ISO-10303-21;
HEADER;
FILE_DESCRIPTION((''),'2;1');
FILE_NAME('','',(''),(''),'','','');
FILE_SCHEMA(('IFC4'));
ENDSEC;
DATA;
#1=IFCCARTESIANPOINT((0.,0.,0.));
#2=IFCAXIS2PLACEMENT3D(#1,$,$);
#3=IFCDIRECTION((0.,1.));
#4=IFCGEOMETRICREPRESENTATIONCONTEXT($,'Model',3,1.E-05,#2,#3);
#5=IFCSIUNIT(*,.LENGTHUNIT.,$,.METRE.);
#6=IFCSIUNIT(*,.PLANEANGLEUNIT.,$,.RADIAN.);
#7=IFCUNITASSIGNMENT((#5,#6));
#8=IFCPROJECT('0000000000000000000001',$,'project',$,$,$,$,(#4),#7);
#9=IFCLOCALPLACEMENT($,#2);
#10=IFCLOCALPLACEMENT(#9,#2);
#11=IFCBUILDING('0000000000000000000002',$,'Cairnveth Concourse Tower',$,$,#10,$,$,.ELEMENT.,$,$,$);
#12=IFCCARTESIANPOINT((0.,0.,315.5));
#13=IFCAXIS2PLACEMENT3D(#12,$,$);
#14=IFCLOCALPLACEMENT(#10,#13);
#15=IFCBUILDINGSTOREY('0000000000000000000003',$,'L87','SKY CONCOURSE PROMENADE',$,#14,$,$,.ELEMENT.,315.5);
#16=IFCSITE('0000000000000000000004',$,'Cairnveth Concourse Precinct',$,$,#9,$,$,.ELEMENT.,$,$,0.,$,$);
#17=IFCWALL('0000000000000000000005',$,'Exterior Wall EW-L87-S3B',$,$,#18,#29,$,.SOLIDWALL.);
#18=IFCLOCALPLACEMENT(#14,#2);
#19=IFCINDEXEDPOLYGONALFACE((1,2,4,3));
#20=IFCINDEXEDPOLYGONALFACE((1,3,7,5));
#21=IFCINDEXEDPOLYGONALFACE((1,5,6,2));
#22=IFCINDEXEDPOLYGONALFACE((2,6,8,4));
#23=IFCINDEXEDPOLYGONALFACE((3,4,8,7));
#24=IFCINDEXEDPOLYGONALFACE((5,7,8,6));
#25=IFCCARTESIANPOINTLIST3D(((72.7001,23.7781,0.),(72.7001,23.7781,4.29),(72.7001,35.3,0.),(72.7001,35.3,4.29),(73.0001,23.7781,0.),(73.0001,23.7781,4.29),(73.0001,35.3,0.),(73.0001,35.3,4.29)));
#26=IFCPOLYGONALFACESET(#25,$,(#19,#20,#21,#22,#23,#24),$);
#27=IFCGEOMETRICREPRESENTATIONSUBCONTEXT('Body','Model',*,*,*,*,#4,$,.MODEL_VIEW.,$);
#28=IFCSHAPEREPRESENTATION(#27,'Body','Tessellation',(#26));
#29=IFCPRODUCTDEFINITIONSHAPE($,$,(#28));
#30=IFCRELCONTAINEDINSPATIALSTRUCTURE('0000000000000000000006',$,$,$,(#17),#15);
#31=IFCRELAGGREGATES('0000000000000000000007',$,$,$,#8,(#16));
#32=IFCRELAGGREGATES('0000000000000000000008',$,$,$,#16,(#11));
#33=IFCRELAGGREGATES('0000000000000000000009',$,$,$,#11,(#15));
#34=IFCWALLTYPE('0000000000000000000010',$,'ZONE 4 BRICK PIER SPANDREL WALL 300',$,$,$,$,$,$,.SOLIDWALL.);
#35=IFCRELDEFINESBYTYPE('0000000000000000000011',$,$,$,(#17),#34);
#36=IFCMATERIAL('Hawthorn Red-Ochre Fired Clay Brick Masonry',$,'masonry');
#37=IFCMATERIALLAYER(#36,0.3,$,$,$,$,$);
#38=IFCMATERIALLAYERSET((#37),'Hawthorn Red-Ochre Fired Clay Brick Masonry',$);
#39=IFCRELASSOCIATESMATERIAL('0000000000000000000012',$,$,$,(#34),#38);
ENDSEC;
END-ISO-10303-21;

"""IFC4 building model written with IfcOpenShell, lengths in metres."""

from ifc_helpers import new_model, si_unit, direction, frame, frame_2d, origin, place, context, subcontext, project, spatial, rectangle, extrude, material, layer, layer_set, type_object, element, save


model = new_model("IFC4")

# Units and contexts
model_context = context("Model", 3, precision=1e-05, world=origin(), true_north=direction((0.0, 1.0)))
body_context = subcontext(model_context, "Body", "Model", "MODEL_VIEW")
ifc_project = project(units=[si_unit("LENGTHUNIT", "METRE"), si_unit("PLANEANGLEUNIT", "RADIAN")], contexts=[model_context])

# Site, building, storey
site_placement = place(None, origin())
site = spatial("IfcSite", under=ifc_project, at=site_placement, Name="Cairnveth Concourse Precinct", CompositionType="ELEMENT", RefElevation=0.0)
building_placement = place(site_placement, origin())
building = spatial("IfcBuilding", under=site, at=building_placement, Name="Cairnveth Concourse Tower", CompositionType="ELEMENT")
storey_placement = place(building_placement, frame((0.0, 0.0, 315.5)))
storey = spatial("IfcBuildingStorey", under=building, at=storey_placement, Name="L87", Description="SKY CONCOURSE PROMENADE", CompositionType="ELEMENT", Elevation=315.5)

# Wall
ifc_material_1 = material(Name="Hawthorn Red-Ochre Fired Clay Brick Masonry", Category="masonry")
ifc_layer_1 = layer(ifc_material_1, 0.3)
ifc_layer_set_1 = layer_set([ifc_layer_1], Name="Hawthorn Red-Ochre Fired Clay Brick Masonry")
wall_type_1 = type_object("IfcWallType", Name="ZONE 4 BRICK PIER SPANDREL WALL 300", PredefinedType="SOLIDWALL", material=ifc_layer_set_1)
wall_1_placement = place(storey_placement, frame((72.8501, 35.3, 0.0), z_axis=(0.0, 0.0, 1.0), x_axis=(0.0, -1.0, 0.0)))
element("IfcWall", 1, at=wall_1_placement, inside=storey, type_object=wall_type_1, Name="Exterior Wall EW-L87-S3B", PredefinedType="SOLIDWALL", context=body_context, shape_type="SweptSolid", body=[
    extrude(rectangle(XDim=11.522, YDim=0.3, at=frame_2d((5.761, 0.0))), origin(), (0.0, 0.0, 1.0), 4.29),
])

save(model, "model.ifc")
